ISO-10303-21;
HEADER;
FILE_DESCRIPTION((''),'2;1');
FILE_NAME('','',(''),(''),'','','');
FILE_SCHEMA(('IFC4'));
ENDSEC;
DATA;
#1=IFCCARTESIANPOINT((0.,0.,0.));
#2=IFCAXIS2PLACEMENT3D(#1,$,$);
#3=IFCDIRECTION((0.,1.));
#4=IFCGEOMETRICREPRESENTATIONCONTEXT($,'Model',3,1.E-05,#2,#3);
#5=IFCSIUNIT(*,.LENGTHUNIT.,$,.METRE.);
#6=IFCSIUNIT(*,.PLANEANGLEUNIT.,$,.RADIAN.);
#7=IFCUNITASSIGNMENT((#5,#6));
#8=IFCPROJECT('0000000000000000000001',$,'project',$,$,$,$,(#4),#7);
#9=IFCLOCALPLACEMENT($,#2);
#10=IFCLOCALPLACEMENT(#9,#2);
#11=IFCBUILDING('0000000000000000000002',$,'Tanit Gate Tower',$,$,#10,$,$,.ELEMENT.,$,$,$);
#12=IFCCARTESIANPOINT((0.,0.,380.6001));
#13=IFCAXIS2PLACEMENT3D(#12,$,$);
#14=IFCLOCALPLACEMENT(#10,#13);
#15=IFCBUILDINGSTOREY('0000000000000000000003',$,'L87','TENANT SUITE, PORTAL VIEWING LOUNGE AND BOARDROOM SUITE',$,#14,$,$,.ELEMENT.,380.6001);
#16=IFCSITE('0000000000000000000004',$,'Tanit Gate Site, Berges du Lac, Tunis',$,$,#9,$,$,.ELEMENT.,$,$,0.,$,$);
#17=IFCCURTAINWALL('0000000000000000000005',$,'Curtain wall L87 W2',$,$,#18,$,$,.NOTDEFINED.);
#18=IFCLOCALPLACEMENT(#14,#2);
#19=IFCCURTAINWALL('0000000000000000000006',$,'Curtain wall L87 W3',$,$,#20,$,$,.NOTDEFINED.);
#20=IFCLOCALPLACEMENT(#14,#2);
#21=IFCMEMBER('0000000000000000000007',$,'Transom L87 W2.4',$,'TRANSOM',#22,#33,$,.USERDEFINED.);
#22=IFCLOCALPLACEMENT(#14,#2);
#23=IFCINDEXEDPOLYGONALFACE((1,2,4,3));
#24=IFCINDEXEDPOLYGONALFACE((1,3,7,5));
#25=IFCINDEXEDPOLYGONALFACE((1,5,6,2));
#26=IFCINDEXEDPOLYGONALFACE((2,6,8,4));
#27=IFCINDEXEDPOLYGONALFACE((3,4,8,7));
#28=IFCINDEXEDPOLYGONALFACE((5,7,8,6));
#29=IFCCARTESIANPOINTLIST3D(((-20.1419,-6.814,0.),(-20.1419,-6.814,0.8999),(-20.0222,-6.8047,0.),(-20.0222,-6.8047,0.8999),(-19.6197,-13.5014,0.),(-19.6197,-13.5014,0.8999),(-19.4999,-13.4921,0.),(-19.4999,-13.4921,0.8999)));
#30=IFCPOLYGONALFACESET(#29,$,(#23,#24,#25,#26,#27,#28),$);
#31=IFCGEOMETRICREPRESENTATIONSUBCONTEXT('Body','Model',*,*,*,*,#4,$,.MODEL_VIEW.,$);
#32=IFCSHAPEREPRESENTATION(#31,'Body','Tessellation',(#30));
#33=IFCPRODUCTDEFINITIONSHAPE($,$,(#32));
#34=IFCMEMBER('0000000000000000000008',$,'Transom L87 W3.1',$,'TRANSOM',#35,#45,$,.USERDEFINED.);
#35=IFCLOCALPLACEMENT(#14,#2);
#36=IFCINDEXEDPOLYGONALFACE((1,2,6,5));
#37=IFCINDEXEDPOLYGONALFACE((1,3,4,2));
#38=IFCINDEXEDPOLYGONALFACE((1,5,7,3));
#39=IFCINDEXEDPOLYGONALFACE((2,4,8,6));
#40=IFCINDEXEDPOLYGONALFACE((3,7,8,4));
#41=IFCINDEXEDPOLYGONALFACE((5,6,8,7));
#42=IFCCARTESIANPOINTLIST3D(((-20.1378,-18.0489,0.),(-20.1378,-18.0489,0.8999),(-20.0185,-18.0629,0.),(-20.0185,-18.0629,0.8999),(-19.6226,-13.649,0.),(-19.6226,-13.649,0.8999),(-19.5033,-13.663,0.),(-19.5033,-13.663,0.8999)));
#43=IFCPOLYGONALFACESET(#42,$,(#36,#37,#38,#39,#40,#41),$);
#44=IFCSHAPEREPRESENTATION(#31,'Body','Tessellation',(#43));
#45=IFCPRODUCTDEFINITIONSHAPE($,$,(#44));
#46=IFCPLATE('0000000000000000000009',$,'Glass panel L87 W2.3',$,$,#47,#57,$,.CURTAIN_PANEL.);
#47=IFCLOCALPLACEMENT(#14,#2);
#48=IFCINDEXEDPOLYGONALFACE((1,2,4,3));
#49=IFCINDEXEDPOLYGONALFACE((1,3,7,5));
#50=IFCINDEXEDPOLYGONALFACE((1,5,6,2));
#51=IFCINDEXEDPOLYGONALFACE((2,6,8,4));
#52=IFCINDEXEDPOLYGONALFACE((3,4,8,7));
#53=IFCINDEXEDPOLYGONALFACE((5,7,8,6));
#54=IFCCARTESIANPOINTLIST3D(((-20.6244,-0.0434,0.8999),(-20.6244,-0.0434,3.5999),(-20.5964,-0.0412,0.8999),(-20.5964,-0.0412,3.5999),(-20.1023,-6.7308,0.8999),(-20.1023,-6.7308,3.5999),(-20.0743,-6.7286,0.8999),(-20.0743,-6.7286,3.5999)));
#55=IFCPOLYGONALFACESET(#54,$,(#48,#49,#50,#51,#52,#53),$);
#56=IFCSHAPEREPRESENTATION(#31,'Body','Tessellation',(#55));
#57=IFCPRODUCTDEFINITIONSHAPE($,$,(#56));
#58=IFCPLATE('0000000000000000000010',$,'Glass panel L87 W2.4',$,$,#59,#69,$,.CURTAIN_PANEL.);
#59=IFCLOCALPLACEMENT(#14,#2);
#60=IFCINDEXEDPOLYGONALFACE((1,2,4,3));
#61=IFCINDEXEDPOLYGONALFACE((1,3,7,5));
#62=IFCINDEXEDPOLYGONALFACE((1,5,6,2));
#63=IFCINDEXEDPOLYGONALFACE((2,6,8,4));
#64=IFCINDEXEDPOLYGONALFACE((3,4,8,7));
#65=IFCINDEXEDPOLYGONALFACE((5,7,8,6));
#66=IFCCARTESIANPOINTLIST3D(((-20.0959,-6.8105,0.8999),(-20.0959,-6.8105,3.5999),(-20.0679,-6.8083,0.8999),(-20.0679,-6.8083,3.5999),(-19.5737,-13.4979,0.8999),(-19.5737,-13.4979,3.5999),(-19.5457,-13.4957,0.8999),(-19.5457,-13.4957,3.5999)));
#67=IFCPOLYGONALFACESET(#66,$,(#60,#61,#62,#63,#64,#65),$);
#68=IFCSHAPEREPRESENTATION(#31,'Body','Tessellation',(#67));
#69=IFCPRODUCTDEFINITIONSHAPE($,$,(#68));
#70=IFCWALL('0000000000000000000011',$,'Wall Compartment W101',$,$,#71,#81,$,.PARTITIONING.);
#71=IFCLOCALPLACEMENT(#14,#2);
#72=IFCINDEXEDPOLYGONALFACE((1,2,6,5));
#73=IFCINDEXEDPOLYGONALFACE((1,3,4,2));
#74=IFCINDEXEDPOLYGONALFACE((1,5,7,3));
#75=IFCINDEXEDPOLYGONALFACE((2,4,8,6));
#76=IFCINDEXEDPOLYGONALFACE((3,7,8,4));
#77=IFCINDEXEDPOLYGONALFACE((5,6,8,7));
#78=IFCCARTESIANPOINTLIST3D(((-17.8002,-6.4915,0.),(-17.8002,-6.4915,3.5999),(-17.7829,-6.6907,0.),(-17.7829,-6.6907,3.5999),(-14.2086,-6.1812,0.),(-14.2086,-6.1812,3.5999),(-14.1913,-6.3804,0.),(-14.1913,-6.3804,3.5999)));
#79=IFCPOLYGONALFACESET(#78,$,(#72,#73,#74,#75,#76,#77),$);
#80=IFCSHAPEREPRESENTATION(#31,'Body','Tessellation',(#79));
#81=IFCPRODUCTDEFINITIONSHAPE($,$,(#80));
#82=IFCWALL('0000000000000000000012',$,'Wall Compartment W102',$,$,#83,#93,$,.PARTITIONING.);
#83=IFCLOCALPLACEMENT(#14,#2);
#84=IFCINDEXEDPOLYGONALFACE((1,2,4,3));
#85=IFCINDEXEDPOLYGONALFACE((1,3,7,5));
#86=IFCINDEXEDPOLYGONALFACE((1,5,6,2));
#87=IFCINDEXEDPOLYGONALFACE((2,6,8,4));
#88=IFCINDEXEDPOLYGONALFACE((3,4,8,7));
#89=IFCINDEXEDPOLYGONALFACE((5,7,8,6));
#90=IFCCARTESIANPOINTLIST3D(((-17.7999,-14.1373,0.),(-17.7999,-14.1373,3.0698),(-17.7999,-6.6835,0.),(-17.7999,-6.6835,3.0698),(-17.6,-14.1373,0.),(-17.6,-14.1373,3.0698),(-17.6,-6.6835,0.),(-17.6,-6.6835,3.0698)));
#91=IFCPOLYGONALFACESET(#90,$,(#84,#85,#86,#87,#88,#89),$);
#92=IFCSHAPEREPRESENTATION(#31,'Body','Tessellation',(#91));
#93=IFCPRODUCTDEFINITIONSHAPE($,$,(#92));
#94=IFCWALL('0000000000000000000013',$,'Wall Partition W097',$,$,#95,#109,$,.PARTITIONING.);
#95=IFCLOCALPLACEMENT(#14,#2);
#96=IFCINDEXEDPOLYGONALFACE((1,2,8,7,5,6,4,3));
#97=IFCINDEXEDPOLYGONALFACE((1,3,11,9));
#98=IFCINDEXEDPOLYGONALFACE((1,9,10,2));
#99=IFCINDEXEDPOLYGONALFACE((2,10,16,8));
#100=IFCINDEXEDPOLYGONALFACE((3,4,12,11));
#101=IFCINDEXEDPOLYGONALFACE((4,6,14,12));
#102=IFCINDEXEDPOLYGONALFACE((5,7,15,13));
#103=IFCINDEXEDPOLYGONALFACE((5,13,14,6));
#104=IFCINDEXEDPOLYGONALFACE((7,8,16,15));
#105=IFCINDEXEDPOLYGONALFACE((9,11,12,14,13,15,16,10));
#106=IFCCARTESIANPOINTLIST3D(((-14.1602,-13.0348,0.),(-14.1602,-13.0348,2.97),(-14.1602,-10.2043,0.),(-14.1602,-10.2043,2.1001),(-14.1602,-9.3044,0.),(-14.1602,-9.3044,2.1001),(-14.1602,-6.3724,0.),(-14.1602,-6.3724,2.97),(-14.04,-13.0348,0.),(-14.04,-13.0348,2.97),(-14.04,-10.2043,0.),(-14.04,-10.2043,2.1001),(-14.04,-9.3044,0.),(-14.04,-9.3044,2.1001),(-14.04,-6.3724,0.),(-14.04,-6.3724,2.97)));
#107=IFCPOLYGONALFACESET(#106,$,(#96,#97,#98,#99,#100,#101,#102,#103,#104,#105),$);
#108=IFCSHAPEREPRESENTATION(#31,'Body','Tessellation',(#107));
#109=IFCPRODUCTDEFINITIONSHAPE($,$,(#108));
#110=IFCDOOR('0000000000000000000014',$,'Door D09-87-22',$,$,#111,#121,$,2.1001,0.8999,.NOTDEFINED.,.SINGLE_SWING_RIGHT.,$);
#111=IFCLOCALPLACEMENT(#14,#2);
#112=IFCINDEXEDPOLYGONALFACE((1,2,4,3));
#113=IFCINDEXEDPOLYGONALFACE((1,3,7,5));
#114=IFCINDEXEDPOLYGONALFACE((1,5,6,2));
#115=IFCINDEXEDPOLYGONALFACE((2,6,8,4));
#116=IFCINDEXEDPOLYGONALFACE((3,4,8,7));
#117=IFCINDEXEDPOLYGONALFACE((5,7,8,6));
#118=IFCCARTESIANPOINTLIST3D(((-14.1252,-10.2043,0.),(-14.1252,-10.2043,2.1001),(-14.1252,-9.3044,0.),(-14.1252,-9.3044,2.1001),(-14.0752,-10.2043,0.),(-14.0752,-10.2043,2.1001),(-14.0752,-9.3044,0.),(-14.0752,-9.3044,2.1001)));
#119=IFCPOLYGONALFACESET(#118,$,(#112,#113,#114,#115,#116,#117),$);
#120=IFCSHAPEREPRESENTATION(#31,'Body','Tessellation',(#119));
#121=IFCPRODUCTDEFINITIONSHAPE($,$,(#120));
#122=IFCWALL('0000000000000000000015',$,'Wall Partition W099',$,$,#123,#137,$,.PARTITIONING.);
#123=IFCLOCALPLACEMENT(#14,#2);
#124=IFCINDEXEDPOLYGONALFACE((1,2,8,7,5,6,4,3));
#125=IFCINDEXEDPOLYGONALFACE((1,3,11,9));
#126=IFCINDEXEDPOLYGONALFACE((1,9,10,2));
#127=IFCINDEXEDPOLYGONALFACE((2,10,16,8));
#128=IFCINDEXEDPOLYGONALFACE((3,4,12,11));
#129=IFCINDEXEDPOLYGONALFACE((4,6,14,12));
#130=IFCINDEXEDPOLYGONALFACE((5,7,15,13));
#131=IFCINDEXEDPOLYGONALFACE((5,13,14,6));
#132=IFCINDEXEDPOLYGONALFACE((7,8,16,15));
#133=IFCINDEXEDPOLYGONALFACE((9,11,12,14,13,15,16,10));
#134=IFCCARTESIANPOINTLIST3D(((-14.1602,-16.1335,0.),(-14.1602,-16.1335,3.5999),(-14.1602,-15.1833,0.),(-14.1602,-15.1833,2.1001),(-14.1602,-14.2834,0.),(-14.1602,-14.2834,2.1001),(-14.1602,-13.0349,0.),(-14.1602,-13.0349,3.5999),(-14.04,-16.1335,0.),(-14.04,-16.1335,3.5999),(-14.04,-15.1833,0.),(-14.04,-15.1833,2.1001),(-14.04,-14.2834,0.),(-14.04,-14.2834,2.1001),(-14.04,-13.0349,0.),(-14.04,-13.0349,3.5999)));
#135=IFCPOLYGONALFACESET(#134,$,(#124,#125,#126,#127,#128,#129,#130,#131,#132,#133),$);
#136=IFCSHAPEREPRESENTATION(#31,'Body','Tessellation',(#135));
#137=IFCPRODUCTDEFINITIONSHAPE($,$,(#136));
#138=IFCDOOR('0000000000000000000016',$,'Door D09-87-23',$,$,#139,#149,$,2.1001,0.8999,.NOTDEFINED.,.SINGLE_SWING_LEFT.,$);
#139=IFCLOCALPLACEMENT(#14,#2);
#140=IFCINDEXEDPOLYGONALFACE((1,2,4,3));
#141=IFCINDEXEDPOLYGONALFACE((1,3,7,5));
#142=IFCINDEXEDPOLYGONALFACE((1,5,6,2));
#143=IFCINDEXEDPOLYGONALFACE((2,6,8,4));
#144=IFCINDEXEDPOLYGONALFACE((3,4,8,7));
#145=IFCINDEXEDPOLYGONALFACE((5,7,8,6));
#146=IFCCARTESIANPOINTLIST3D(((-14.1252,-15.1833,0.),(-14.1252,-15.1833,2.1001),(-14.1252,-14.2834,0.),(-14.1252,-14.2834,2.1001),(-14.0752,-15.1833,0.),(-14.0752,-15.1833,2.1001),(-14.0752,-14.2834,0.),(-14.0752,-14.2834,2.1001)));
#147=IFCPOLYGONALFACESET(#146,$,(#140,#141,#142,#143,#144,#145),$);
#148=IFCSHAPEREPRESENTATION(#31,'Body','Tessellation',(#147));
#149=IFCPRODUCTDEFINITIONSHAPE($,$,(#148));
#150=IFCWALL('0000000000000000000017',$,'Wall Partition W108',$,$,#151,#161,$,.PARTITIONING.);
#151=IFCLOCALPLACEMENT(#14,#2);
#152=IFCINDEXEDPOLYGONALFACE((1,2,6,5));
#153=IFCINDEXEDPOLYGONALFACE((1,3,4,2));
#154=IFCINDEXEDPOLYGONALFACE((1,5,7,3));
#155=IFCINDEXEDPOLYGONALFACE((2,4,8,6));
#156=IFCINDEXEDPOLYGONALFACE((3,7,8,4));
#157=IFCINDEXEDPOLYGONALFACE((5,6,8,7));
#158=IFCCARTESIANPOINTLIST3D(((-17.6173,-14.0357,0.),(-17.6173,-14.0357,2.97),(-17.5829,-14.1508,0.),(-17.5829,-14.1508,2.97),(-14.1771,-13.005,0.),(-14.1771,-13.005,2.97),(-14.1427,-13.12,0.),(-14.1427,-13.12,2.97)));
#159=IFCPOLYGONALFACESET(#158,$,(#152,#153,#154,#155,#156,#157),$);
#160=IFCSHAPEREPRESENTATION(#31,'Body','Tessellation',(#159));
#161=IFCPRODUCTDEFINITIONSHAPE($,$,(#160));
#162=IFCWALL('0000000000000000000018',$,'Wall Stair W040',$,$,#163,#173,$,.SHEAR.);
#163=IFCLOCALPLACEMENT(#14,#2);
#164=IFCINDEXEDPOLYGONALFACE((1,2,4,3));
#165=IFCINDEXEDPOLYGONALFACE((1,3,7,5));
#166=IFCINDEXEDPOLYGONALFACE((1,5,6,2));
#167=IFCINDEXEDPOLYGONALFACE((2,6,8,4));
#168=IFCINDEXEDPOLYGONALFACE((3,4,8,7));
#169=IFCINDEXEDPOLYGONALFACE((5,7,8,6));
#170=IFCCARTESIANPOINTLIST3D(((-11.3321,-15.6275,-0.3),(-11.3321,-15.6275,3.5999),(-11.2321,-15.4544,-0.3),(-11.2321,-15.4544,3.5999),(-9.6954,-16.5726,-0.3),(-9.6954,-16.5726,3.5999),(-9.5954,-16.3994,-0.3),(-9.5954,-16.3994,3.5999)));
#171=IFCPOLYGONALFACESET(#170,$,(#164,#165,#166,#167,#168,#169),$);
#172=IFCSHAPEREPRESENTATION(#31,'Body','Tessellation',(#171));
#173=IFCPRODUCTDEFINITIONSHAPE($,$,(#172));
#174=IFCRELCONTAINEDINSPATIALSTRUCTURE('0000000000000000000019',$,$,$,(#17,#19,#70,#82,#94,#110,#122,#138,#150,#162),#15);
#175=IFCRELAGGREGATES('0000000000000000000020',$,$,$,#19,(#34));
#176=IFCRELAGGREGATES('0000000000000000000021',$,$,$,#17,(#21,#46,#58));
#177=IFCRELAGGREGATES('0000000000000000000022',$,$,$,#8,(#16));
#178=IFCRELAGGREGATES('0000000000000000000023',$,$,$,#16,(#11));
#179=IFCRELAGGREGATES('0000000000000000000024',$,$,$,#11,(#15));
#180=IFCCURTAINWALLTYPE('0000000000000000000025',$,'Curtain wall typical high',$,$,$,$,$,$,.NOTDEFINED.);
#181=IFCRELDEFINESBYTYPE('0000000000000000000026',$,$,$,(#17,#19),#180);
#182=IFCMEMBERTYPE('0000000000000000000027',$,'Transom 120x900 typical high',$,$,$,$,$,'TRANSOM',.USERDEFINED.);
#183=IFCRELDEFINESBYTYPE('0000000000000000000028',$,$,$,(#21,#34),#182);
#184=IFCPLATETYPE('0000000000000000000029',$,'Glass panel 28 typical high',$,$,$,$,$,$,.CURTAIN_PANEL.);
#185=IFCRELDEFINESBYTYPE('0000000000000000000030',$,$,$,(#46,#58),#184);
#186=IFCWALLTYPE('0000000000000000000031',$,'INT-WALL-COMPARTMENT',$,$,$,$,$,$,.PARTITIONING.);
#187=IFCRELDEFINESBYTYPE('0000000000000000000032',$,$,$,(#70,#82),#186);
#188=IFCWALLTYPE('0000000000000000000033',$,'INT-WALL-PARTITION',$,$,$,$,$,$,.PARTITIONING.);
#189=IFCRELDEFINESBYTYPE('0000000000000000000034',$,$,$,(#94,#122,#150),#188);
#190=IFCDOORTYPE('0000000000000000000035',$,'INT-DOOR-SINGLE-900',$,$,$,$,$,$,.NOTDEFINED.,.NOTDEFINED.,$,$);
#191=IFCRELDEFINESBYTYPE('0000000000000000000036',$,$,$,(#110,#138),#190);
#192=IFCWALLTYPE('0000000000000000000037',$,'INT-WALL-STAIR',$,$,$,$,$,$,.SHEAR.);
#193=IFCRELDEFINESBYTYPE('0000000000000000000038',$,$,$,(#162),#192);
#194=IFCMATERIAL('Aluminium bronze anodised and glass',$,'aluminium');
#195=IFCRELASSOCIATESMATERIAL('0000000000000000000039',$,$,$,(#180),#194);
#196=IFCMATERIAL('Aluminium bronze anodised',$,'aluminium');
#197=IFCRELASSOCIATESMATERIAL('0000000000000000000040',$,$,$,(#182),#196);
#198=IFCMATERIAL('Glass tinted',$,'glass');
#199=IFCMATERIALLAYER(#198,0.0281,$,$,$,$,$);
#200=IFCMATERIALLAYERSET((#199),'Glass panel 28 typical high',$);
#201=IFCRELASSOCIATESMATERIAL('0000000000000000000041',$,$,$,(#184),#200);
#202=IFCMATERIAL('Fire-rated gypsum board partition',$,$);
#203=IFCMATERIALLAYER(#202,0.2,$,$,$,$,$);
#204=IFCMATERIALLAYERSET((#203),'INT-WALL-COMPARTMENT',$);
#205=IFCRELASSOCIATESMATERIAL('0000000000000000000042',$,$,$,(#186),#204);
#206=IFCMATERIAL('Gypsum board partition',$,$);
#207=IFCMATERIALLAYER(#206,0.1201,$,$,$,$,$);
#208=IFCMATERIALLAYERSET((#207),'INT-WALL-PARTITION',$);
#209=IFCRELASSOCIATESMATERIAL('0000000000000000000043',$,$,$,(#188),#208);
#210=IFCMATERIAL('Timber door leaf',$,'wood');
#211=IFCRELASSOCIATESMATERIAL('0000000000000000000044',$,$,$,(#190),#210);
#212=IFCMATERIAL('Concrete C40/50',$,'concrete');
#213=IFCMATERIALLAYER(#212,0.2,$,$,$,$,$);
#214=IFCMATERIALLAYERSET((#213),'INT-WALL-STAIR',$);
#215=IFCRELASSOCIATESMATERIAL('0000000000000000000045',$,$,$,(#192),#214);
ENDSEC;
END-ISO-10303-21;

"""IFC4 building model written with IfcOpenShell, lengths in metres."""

from ifc_helpers import new_model, si_unit, direction, frame, frame_2d, origin, origin_2d, place, context, subcontext, project, spatial, rectangle, extrude, material, layer, layer_set, material_profile, profile_set, type_object, element, fill, aggregate, save


model = new_model("IFC4")

# Units and contexts
model_context = context("Model", 3, precision=1e-05, world=origin(), true_north=direction((0.0, 1.0)))
body_context = subcontext(model_context, "Body", "Model", "MODEL_VIEW")
ifc_project = project(units=[si_unit("LENGTHUNIT", "METRE"), si_unit("PLANEANGLEUNIT", "RADIAN")], contexts=[model_context])

# Site, building, storey
site_placement = place(None, origin())
site = spatial("IfcSite", under=ifc_project, at=site_placement, Name="Tanit Gate Site, Berges du Lac, Tunis", CompositionType="ELEMENT", RefElevation=0.0)
building_placement = place(site_placement, origin())
building = spatial("IfcBuilding", under=site, at=building_placement, Name="Tanit Gate Tower", CompositionType="ELEMENT")
storey_placement = place(building_placement, frame((0.0, 0.0, 380.6001)))
storey = spatial("IfcBuildingStorey", under=building, at=storey_placement, Name="L87", Description="TENANT SUITE, PORTAL VIEWING LOUNGE AND BOARDROOM SUITE", CompositionType="ELEMENT", Elevation=380.6001)

# Curtain wall
ifc_material_1 = material(Name="Aluminium bronze anodised and glass", Category="aluminium")
curtain_wall_type = type_object("IfcCurtainWallType", Name="Curtain wall typical high", PredefinedType="NOTDEFINED", material=ifc_material_1)
curtain_wall_1_placement = place(storey_placement, origin())
curtain_wall_1 = element("IfcCurtainWall", 1, at=curtain_wall_1_placement, inside=storey, type_object=curtain_wall_type, Name="Curtain wall L87 W2", PredefinedType="NOTDEFINED")

# Curtain wall
curtain_wall_2_placement = place(storey_placement, origin())
curtain_wall_2 = element("IfcCurtainWall", 2, at=curtain_wall_2_placement, inside=storey, type_object=curtain_wall_type, Name="Curtain wall L87 W3", PredefinedType="NOTDEFINED")

# Members
ifc_material_2 = material(Name="Aluminium bronze anodised", Category="aluminium")
ifc_material_profile_1 = material_profile(ifc_material_2, rectangle(XDim=0.1201, YDim=0.8999, at=origin_2d()), Name="120x900 bronze transom")
ifc_profile_set_1 = profile_set([ifc_material_profile_1], Name="Aluminium bronze anodised")
member_type_1 = type_object("IfcMemberType", Name="Transom 120x900 typical high", ElementType="TRANSOM", PredefinedType="USERDEFINED", material=ifc_profile_set_1)
member_1_placement = place(storey_placement, frame((-20.082, -6.8093, 0.45), z_axis=(0.077851, -0.996965, 0.0), x_axis=(0.996965, 0.077851, 0.0)))
member_1 = element("IfcMember", 3, at=member_1_placement, type_object=member_type_1, Name="Transom L87 W2.4", ObjectType="TRANSOM", PredefinedType="USERDEFINED", context=body_context, shape_type="SweptSolid", body=[
    extrude(rectangle(XDim=0.1201, YDim=0.8999, at=origin_2d()), origin(), (0.0, 0.0, 1.0), 6.7078),
])
member_2_placement = place(storey_placement, frame((-19.563, -13.656, 0.45), z_axis=(-0.116285, -0.993216, 0.0), x_axis=(0.993216, -0.116285, 0.0)))
member_2 = element("IfcMember", 4, at=member_2_placement, type_object=member_type_1, Name="Transom L87 W3.1", ObjectType="TRANSOM", PredefinedType="USERDEFINED", context=body_context, shape_type="SweptSolid", body=[
    extrude(rectangle(XDim=0.1201, YDim=0.8999, at=origin_2d()), origin(), (0.0, 0.0, 1.0), 4.4299),
])
aggregate(curtain_wall_2, [member_2])

# Plates
ifc_material_3 = material(Name="Glass tinted", Category="glass")
ifc_layer_1 = layer(ifc_material_3, 0.0281)
ifc_layer_set_1 = layer_set([ifc_layer_1], Name="Glass panel 28 typical high")
plate_type = type_object("IfcPlateType", Name="Glass panel 28 typical high", PredefinedType="CURTAIN_PANEL", material=ifc_layer_set_1)
plate_1_placement = place(storey_placement, frame((-20.3494, -3.386, 0.8999), z_axis=(0.0, 0.0, 1.0), x_axis=(0.077839, -0.996966, 0.0)))
plate_1 = element("IfcPlate", 5, at=plate_1_placement, type_object=plate_type, Name="Glass panel L87 W2.3", PredefinedType="CURTAIN_PANEL", context=body_context, shape_type="SweptSolid", body=[
    extrude(rectangle(XDim=6.7078, YDim=0.0281, at=origin_2d()), origin(), (0.0, 0.0, 1.0), 2.7),
])
plate_2_placement = place(storey_placement, frame((-19.8208, -10.1531, 0.8999), z_axis=(0.0, 0.0, 1.0), x_axis=(0.077839, -0.996966, 0.0)))
plate_2 = element("IfcPlate", 6, at=plate_2_placement, type_object=plate_type, Name="Glass panel L87 W2.4", PredefinedType="CURTAIN_PANEL", context=body_context, shape_type="SweptSolid", body=[
    extrude(rectangle(XDim=6.7078, YDim=0.0281, at=origin_2d()), origin(), (0.0, 0.0, 1.0), 2.7),
])
aggregate(curtain_wall_1, [member_1, plate_1, plate_2])

# Walls
ifc_material_4 = material(Name="Fire-rated gypsum board partition")
ifc_layer_2 = layer(ifc_material_4, 0.2)
ifc_layer_set_2 = layer_set([ifc_layer_2], Name="INT-WALL-COMPARTMENT")
wall_type_1 = type_object("IfcWallType", Name="INT-WALL-COMPARTMENT", PredefinedType="PARTITIONING", material=ifc_layer_set_2)
wall_1_placement = place(storey_placement, frame((-14.2, -6.2808, 0.0), z_axis=(0.0, 0.0, 1.0), x_axis=(-0.996288, -0.086077, 0.0)))
element("IfcWall", 7, at=wall_1_placement, inside=storey, type_object=wall_type_1, Name="Wall Compartment W101", PredefinedType="PARTITIONING", context=body_context, shape_type="SweptSolid", body=[
    extrude(rectangle(XDim=3.605, YDim=0.2, at=frame_2d((1.8025, 0.0))), origin(), (0.0, 0.0, 1.0), 3.5999),
])
wall_2_placement = place(storey_placement, frame((-17.7, -14.1375, 0.0), z_axis=(0.0, 0.0, 1.0), x_axis=(0.0, 1.0, 0.0)))
element("IfcWall", 8, at=wall_2_placement, inside=storey, type_object=wall_type_1, Name="Wall Compartment W102", PredefinedType="PARTITIONING", context=body_context, shape_type="SweptSolid", body=[
    extrude(rectangle(XDim=7.4539, YDim=0.2, at=frame_2d((3.7271, 0.0))), origin(), (0.0, 0.0, 1.0), 3.0698),
])

# Walls, openings, doors
ifc_material_5 = material(Name="Gypsum board partition")
ifc_layer_3 = layer(ifc_material_5, 0.1201)
ifc_layer_set_3 = layer_set([ifc_layer_3], Name="INT-WALL-PARTITION")
wall_type_2 = type_object("IfcWallType", Name="INT-WALL-PARTITION", PredefinedType="PARTITIONING", material=ifc_layer_set_3)
wall_3_placement = place(storey_placement, frame((-14.1001, -6.3726, 0.0), z_axis=(0.0, 0.0, 1.0), x_axis=(0.0, -1.0, 0.0)))
wall_3 = element("IfcWall", 9, at=wall_3_placement, inside=storey, type_object=wall_type_2, Name="Wall Partition W097", PredefinedType="PARTITIONING", context=body_context, shape_type="SweptSolid", body=[
    extrude(rectangle(XDim=6.6624, YDim=0.1201, at=frame_2d((3.3311, 0.0))), origin(), (0.0, 0.0, 1.0), 2.97),
])
opening_1_placement = place(wall_3_placement, frame((2.9319, 0.0, 0.0)))
opening_1 = element("IfcOpeningElement", 10, at=opening_1_placement, cuts=wall_3, PredefinedType="OPENING", context=body_context, shape_type="SweptSolid", body=[
    extrude(rectangle(XDim=0.8999, YDim=2.1001, at=frame_2d((0.45, 1.05))), frame((0.0, 0.0701, 0.0), z_axis=(0.0, -1.0, 0.0), x_axis=(1.0, 0.0, 0.0)), (0.0, 0.0, 1.0), 0.1401),
])
ifc_material_6 = material(Name="Timber door leaf", Category="wood")
door_type = type_object("IfcDoorType", Name="INT-DOOR-SINGLE-900", OperationType="NOTDEFINED", PredefinedType="NOTDEFINED", material=ifc_material_6)
door_1_placement = place(opening_1_placement, origin())
door_1 = element("IfcDoor", 11, at=door_1_placement, inside=storey, type_object=door_type, Name="Door D09-87-22", OperationType="SINGLE_SWING_RIGHT", OverallHeight=2.1001, OverallWidth=0.8999, PredefinedType="NOTDEFINED", context=body_context, shape_type="SweptSolid", body=[
    extrude(rectangle(XDim=0.8999, YDim=2.1001, at=frame_2d((0.45, 1.05))), frame((0.0, 0.0249, 0.0), z_axis=(0.0, -1.0, 0.0), x_axis=(1.0, 0.0, 0.0)), (0.0, 0.0, 1.0), 0.05),
])
fill(opening_1, door_1)
wall_4_placement = place(storey_placement, frame((-14.1001, -13.0349, 0.0), z_axis=(0.0, 0.0, 1.0), x_axis=(0.0, -1.0, 0.0)))
wall_4 = element("IfcWall", 12, at=wall_4_placement, inside=storey, type_object=wall_type_2, Name="Wall Partition W099", PredefinedType="PARTITIONING", context=body_context, shape_type="SweptSolid", body=[
    extrude(rectangle(XDim=3.0986, YDim=0.1201, at=frame_2d((1.5493, 0.0))), origin(), (0.0, 0.0, 1.0), 3.5999),
])
opening_2_placement = place(wall_4_placement, frame((1.2485, 0.0, 0.0)))
opening_2 = element("IfcOpeningElement", 13, at=opening_2_placement, cuts=wall_4, PredefinedType="OPENING", context=body_context, shape_type="SweptSolid", body=[
    extrude(rectangle(XDim=0.8999, YDim=2.1001, at=frame_2d((0.45, 1.05))), frame((0.0, 0.0701, 0.0), z_axis=(0.0, -1.0, 0.0), x_axis=(1.0, 0.0, 0.0)), (0.0, 0.0, 1.0), 0.1401),
])
door_2_placement = place(opening_2_placement, origin())
door_2 = element("IfcDoor", 14, at=door_2_placement, inside=storey, type_object=door_type, Name="Door D09-87-23", OperationType="SINGLE_SWING_LEFT", OverallHeight=2.1001, OverallWidth=0.8999, PredefinedType="NOTDEFINED", context=body_context, shape_type="SweptSolid", body=[
    extrude(rectangle(XDim=0.8999, YDim=2.1001, at=frame_2d((0.45, 1.05))), frame((0.0, 0.0249, 0.0), z_axis=(0.0, -1.0, 0.0), x_axis=(1.0, 0.0, 0.0)), (0.0, 0.0, 1.0), 0.05),
])
fill(opening_2, door_2)

# Walls
wall_5_placement = place(storey_placement, frame((-17.6001, -14.0933, 0.0), z_axis=(0.0, 0.0, 1.0), x_axis=(0.957925, 0.287017, 0.0)))
element("IfcWall", 15, at=wall_5_placement, inside=storey, type_object=wall_type_2, Name="Wall Partition W108", PredefinedType="PARTITIONING", context=body_context, shape_type="SweptSolid", body=[
    extrude(rectangle(XDim=3.5913, YDim=0.1201, at=frame_2d((1.7957, 0.0))), origin(), (0.0, 0.0, 1.0), 2.97),
])
ifc_material_7 = material(Name="Concrete C40/50", Category="concrete")
ifc_layer_4 = layer(ifc_material_7, 0.2)
ifc_layer_set_4 = layer_set([ifc_layer_4], Name="INT-WALL-STAIR")
wall_type_3 = type_object("IfcWallType", Name="INT-WALL-STAIR", PredefinedType="SHEAR", material=ifc_layer_set_4)
wall_6_placement = place(storey_placement, frame((-11.282, -15.541, -0.3), z_axis=(0.0, 0.0, 1.0), x_axis=(0.866001, -0.500043, 0.0)))
element("IfcWall", 16, at=wall_6_placement, inside=storey, type_object=wall_type_3, Name="Wall Stair W040", PredefinedType="SHEAR", context=body_context, shape_type="SweptSolid", body=[
    extrude(rectangle(XDim=1.8899, YDim=0.2, at=frame_2d((0.9448, 0.0))), origin(), (0.0, 0.0, 1.0), 3.8999),
])

save(model, "model.ifc")
